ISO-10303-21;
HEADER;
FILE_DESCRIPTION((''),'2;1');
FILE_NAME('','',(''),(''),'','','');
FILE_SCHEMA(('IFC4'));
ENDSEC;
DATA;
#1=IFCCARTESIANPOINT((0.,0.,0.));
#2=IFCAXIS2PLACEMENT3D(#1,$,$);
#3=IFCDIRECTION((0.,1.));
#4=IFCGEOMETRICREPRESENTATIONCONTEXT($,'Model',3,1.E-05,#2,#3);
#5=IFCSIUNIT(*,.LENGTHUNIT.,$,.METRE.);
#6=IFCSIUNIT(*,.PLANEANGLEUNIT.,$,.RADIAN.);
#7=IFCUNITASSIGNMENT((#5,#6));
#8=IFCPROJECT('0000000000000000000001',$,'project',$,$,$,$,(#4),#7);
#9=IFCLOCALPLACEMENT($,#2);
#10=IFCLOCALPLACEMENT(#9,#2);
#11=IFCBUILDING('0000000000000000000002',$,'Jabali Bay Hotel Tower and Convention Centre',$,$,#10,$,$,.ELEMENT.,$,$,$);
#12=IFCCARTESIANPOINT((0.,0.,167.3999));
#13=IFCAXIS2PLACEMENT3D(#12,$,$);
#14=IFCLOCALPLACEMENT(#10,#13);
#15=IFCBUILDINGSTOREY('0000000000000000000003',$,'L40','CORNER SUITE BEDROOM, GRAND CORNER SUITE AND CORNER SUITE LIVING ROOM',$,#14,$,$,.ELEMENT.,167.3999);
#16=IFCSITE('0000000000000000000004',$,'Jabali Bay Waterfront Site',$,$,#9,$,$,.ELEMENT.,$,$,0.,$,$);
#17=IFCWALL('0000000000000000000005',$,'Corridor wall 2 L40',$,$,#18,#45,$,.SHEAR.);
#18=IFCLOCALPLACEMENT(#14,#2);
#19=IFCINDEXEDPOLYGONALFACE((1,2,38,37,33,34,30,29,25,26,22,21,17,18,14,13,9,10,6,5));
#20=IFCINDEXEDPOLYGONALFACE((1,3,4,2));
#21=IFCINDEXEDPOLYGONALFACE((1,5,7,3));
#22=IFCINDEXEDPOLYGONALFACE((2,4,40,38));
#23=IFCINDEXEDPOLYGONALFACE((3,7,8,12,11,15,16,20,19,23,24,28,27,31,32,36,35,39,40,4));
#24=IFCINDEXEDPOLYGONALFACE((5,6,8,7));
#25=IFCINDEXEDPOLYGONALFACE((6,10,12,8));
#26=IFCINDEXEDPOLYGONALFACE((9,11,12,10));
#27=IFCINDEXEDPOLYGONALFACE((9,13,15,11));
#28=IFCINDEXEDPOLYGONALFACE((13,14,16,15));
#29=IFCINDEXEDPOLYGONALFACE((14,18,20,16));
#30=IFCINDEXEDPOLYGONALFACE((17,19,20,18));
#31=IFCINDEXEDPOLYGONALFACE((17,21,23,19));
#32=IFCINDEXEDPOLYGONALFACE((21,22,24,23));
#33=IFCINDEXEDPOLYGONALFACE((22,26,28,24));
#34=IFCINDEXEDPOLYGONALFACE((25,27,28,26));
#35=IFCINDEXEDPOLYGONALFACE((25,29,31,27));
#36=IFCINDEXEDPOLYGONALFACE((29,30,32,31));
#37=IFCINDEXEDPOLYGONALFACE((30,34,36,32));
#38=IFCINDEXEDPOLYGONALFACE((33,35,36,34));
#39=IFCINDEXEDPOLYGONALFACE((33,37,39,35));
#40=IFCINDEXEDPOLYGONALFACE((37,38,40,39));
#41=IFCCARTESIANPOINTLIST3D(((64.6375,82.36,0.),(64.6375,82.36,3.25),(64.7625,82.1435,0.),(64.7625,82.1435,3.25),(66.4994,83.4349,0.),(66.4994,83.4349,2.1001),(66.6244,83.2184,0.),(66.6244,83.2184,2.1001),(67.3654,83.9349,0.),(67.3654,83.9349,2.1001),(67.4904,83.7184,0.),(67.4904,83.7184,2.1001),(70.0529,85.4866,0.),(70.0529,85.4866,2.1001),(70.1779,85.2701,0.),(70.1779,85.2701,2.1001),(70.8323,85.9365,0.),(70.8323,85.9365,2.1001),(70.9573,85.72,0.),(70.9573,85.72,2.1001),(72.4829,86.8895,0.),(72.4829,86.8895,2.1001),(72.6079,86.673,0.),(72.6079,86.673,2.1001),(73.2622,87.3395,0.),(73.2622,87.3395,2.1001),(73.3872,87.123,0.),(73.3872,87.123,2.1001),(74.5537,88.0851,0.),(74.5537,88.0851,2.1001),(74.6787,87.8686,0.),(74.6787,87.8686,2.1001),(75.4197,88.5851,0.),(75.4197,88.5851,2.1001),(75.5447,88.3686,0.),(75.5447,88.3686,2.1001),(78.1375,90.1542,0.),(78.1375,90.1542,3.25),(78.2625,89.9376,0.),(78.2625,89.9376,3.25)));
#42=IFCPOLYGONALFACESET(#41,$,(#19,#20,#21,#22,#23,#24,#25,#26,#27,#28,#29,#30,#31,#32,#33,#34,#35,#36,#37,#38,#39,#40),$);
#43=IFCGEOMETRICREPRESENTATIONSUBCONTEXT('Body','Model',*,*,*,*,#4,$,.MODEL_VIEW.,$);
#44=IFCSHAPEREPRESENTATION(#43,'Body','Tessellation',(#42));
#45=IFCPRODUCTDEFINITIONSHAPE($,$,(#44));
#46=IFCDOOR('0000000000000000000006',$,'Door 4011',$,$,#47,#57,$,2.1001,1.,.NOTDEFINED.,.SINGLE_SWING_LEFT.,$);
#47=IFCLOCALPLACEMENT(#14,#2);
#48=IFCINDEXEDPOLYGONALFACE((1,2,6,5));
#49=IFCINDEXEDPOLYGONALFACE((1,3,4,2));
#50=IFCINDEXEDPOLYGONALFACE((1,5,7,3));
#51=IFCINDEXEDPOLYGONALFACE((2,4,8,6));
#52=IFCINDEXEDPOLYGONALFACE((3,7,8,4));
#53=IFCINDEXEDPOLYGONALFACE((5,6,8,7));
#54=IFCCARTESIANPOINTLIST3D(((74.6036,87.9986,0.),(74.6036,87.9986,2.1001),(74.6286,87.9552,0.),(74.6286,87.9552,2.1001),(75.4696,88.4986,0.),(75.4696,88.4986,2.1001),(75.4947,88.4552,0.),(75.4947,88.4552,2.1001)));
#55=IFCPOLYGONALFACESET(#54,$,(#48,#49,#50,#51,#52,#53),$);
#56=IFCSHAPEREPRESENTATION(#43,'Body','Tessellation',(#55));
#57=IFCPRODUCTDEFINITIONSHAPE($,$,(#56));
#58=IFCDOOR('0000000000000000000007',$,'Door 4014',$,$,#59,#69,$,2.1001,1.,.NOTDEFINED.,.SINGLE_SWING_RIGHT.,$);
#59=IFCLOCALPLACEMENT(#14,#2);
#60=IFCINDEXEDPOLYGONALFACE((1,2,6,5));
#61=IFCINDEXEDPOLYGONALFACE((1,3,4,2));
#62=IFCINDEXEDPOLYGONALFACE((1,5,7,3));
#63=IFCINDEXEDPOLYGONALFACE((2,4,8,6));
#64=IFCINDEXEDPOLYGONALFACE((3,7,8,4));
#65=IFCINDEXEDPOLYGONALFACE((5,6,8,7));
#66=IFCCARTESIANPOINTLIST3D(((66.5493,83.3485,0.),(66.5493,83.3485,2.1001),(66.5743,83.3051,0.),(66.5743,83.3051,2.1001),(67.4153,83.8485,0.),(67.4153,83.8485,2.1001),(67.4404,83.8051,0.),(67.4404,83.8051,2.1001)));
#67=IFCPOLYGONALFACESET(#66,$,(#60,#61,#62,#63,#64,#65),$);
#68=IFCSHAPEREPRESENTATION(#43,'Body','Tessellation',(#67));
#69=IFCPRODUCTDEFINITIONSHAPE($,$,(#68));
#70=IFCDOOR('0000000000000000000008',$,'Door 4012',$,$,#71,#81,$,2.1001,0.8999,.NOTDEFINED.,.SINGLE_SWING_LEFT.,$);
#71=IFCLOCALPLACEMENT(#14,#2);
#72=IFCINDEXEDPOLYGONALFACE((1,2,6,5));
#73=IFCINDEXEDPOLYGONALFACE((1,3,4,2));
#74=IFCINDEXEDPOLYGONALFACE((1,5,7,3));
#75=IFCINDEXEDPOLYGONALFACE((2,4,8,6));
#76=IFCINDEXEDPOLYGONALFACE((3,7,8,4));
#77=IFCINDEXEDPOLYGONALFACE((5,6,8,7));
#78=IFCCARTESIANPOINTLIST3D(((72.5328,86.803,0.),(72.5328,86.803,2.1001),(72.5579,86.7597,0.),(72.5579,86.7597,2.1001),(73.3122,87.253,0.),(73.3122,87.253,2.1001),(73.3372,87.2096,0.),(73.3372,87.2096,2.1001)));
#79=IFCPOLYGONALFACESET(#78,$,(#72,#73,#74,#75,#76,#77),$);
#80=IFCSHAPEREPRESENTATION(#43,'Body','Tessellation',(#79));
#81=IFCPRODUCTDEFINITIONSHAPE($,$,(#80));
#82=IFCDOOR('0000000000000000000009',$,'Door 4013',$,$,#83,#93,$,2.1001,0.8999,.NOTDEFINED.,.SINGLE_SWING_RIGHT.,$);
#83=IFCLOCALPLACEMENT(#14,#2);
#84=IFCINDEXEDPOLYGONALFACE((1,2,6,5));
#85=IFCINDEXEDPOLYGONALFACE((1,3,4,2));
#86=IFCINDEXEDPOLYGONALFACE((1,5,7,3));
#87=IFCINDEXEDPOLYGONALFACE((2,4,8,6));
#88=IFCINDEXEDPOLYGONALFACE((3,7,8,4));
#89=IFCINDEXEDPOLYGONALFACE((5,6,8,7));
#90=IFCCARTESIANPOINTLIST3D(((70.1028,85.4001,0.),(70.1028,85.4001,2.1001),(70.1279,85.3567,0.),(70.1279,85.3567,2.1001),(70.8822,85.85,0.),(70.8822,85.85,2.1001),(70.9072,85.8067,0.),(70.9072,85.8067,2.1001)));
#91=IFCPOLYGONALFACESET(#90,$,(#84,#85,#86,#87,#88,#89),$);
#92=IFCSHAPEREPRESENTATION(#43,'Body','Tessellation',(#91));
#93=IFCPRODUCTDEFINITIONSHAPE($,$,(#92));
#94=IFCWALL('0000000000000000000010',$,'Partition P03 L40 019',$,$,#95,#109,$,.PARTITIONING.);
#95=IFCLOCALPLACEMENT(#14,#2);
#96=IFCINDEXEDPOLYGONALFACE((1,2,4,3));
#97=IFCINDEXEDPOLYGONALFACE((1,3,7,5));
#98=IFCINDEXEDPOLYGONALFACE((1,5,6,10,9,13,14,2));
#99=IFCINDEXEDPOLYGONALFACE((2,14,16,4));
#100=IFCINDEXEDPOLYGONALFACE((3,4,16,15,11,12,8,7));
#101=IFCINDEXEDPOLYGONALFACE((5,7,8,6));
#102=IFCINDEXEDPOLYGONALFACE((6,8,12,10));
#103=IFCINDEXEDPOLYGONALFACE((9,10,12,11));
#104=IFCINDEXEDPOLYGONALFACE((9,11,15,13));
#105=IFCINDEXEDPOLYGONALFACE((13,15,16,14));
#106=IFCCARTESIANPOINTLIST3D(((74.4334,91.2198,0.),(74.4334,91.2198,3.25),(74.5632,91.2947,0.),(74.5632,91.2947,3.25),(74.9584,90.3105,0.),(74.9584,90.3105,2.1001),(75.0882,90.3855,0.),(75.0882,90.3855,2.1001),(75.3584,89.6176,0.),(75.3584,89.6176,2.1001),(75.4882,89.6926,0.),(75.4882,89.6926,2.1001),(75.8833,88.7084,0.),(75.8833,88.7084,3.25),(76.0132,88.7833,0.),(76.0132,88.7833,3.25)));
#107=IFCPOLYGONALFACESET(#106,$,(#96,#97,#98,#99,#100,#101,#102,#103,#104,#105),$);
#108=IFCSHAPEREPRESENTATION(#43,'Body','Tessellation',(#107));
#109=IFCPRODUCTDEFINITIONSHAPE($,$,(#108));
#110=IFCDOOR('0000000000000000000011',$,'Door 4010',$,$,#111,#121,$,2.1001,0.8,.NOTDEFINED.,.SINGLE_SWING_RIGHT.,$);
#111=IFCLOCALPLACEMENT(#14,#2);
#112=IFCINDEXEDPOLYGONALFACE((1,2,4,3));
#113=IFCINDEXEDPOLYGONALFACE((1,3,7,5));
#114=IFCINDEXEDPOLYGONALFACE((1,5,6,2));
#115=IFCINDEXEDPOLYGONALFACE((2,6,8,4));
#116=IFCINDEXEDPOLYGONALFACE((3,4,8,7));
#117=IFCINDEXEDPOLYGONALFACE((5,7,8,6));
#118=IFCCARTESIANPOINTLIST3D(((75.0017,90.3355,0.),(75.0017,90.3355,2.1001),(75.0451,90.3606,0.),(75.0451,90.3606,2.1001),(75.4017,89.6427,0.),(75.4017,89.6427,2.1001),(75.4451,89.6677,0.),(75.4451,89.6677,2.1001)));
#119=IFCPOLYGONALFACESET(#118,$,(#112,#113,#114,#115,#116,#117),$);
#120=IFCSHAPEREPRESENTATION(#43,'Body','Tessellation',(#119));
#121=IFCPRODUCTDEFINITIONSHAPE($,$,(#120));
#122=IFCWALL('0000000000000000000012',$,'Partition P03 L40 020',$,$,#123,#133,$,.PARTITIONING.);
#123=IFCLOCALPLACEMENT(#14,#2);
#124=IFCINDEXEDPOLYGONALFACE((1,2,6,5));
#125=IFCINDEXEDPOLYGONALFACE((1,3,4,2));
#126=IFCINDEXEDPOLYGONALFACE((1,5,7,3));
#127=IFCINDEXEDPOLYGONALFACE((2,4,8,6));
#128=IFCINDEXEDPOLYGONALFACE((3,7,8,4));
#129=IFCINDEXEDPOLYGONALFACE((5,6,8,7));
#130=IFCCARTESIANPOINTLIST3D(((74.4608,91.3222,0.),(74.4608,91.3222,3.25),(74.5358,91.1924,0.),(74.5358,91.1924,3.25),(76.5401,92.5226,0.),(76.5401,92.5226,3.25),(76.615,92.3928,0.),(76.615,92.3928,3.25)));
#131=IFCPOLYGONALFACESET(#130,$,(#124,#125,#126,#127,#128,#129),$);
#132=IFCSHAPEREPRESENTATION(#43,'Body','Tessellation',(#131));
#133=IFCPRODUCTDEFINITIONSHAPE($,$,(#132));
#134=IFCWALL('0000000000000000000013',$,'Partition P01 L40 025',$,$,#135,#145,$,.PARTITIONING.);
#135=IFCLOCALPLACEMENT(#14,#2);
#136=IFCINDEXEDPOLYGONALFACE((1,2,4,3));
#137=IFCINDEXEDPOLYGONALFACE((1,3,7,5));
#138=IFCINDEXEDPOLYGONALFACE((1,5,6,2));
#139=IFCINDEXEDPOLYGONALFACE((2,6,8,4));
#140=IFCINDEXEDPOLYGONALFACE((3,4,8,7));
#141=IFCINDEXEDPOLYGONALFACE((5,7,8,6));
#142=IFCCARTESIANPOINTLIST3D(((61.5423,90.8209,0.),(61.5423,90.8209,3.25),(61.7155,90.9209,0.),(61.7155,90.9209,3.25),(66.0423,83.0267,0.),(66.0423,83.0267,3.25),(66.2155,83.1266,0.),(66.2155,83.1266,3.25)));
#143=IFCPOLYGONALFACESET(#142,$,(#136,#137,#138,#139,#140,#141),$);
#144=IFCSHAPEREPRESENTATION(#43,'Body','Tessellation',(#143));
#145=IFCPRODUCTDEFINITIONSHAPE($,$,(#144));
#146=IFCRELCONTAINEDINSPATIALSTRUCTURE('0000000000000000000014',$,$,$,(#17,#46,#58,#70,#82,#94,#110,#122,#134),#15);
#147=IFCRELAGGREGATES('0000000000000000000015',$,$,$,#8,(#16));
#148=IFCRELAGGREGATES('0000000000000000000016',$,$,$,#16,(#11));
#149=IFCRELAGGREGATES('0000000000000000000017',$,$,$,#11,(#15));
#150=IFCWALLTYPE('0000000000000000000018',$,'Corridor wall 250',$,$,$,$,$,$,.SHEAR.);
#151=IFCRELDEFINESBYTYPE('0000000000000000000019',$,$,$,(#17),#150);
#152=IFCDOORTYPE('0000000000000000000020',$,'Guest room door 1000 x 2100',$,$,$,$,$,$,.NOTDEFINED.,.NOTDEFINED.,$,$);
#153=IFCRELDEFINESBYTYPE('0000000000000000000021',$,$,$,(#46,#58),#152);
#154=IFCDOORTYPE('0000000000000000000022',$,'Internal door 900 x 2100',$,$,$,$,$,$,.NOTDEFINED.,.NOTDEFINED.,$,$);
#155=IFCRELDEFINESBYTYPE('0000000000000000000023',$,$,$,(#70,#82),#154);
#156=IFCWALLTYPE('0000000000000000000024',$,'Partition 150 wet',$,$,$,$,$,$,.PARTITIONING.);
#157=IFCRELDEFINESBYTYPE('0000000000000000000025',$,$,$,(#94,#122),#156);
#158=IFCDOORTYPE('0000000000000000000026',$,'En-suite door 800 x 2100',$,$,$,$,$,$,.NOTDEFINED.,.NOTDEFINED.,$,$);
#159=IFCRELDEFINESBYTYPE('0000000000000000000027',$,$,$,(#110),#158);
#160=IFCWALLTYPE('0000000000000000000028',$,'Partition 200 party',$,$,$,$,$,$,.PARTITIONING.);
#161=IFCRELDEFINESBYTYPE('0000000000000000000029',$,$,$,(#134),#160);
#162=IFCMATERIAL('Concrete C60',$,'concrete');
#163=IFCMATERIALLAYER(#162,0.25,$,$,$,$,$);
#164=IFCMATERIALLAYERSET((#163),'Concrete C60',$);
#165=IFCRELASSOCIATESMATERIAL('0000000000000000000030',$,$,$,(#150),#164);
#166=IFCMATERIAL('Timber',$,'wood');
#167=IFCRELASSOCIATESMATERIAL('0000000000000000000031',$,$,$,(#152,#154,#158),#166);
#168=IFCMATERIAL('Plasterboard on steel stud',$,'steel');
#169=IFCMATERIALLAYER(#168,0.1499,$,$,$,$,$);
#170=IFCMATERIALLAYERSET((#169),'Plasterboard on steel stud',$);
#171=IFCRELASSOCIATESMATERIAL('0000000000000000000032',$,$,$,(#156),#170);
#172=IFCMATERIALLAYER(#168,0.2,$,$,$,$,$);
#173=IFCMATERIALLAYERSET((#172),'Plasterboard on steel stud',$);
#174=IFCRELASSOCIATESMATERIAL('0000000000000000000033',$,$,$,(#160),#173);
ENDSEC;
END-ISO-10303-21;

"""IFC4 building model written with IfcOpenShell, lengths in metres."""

from ifc_helpers import new_model, si_unit, direction, frame, frame_2d, origin, place, context, subcontext, project, spatial, rectangle, extrude, material, layer, layer_set, type_object, element, fill, save


model = new_model("IFC4")

# Units and contexts
model_context = context("Model", 3, precision=1e-05, world=origin(), true_north=direction((0.0, 1.0)))
body_context = subcontext(model_context, "Body", "Model", "MODEL_VIEW")
ifc_project = project(units=[si_unit("LENGTHUNIT", "METRE"), si_unit("PLANEANGLEUNIT", "RADIAN")], contexts=[model_context])

# Site, building, storey
site_placement = place(None, origin())
site = spatial("IfcSite", under=ifc_project, at=site_placement, Name="Jabali Bay Waterfront Site", CompositionType="ELEMENT", RefElevation=0.0)
building_placement = place(site_placement, origin())
building = spatial("IfcBuilding", under=site, at=building_placement, Name="Jabali Bay Hotel Tower and Convention Centre", CompositionType="ELEMENT")
storey_placement = place(building_placement, frame((0.0, 0.0, 167.3999)))
storey = spatial("IfcBuildingStorey", under=building, at=storey_placement, Name="L40", Description="CORNER SUITE BEDROOM, GRAND CORNER SUITE AND CORNER SUITE LIVING ROOM", CompositionType="ELEMENT", Elevation=167.3999)

# Shared definitions
ifc_material_1 = material(Name="Concrete C60", Category="concrete")

# Wall, openings, doors
ifc_layer_1 = layer(ifc_material_1, 0.25)
ifc_layer_set_1 = layer_set([ifc_layer_1], Name="Concrete C60")
wall_type_1 = type_object("IfcWallType", Name="Corridor wall 250", PredefinedType="SHEAR", material=ifc_layer_set_1)
wall_1_placement = place(storey_placement, frame((78.2, 90.0459, 0.0), z_axis=(0.0, 0.0, 1.0), x_axis=(-0.866026, -0.499998, 0.0)))
wall_1 = element("IfcWall", 1, at=wall_1_placement, inside=storey, type_object=wall_type_1, Name="Corridor wall 2 L40", PredefinedType="SHEAR", context=body_context, shape_type="SweptSolid", body=[
    extrude(rectangle(XDim=15.5884, YDim=0.25, at=frame_2d((7.7942, 0.0))), origin(), (0.0, 0.0, 1.0), 3.25),
])
opening_1_placement = place(wall_1_placement, frame((3.1382, 0.0, 0.0)))
opening_1 = element("IfcOpeningElement", 2, at=opening_1_placement, cuts=wall_1, PredefinedType="OPENING", context=body_context, shape_type="SweptSolid", body=[
    extrude(rectangle(XDim=1.0, YDim=2.1001, at=frame_2d((0.5, 1.05))), frame((0.0, 0.1355, 0.0), z_axis=(0.0, -1.0, 0.0), x_axis=(1.0, 0.0, 0.0)), (0.0, 0.0, 1.0), 0.271),
])
opening_2_placement = place(wall_1_placement, frame((5.6294, 0.0, 0.0)))
opening_2 = element("IfcOpeningElement", 3, at=opening_2_placement, cuts=wall_1, PredefinedType="OPENING", context=body_context, shape_type="SweptSolid", body=[
    extrude(rectangle(XDim=0.8999, YDim=2.1001, at=frame_2d((0.45, 1.05))), frame((0.0, 0.1355, 0.0), z_axis=(0.0, -1.0, 0.0), x_axis=(1.0, 0.0, 0.0)), (0.0, 0.0, 1.0), 0.271),
])
opening_3_placement = place(wall_1_placement, frame((8.4353, 0.0, 0.0)))
opening_3 = element("IfcOpeningElement", 4, at=opening_3_placement, cuts=wall_1, PredefinedType="OPENING", context=body_context, shape_type="SweptSolid", body=[
    extrude(rectangle(XDim=0.8999, YDim=2.1001, at=frame_2d((0.45, 1.05))), frame((0.0, 0.1355, 0.0), z_axis=(0.0, -1.0, 0.0), x_axis=(1.0, 0.0, 0.0)), (0.0, 0.0, 1.0), 0.271),
])
opening_4_placement = place(wall_1_placement, frame((12.4385, 0.0, 0.0)))
opening_4 = element("IfcOpeningElement", 5, at=opening_4_placement, cuts=wall_1, PredefinedType="OPENING", context=body_context, shape_type="SweptSolid", body=[
    extrude(rectangle(XDim=1.0, YDim=2.1001, at=frame_2d((0.5, 1.05))), frame((0.0, 0.1355, 0.0), z_axis=(0.0, -1.0, 0.0), x_axis=(1.0, 0.0, 0.0)), (0.0, 0.0, 1.0), 0.271),
])
ifc_material_2 = material(Name="Timber", Category="wood")
door_type_1 = type_object("IfcDoorType", Name="Guest room door 1000 x 2100", OperationType="NOTDEFINED", PredefinedType="NOTDEFINED", material=ifc_material_2)
door_1_placement = place(opening_1_placement, origin())
door_1 = element("IfcDoor", 6, at=door_1_placement, inside=storey, type_object=door_type_1, Name="Door 4011", OperationType="SINGLE_SWING_LEFT", OverallHeight=2.1001, OverallWidth=1.0, PredefinedType="NOTDEFINED", context=body_context, shape_type="SweptSolid", body=[
    extrude(rectangle(XDim=1.0, YDim=2.1001, at=frame_2d((0.5, 1.05))), frame((0.0, 0.0249, 0.0), z_axis=(0.0, -1.0, 0.0), x_axis=(1.0, 0.0, 0.0)), (0.0, 0.0, 1.0), 0.05),
])
fill(opening_1, door_1)
door_2_placement = place(opening_4_placement, origin())
door_2 = element("IfcDoor", 7, at=door_2_placement, inside=storey, type_object=door_type_1, Name="Door 4014", OperationType="SINGLE_SWING_RIGHT", OverallHeight=2.1001, OverallWidth=1.0, PredefinedType="NOTDEFINED", context=body_context, shape_type="SweptSolid", body=[
    extrude(rectangle(XDim=1.0, YDim=2.1001, at=frame_2d((0.5, 1.05))), frame((0.0, 0.0249, 0.0), z_axis=(0.0, -1.0, 0.0), x_axis=(1.0, 0.0, 0.0)), (0.0, 0.0, 1.0), 0.05),
])
fill(opening_4, door_2)
door_type_2 = type_object("IfcDoorType", Name="Internal door 900 x 2100", OperationType="NOTDEFINED", PredefinedType="NOTDEFINED", material=ifc_material_2)
door_3_placement = place(opening_2_placement, origin())
door_3 = element("IfcDoor", 8, at=door_3_placement, inside=storey, type_object=door_type_2, Name="Door 4012", OperationType="SINGLE_SWING_LEFT", OverallHeight=2.1001, OverallWidth=0.8999, PredefinedType="NOTDEFINED", context=body_context, shape_type="SweptSolid", body=[
    extrude(rectangle(XDim=0.8999, YDim=2.1001, at=frame_2d((0.45, 1.05))), frame((0.0, 0.0249, 0.0), z_axis=(0.0, -1.0, 0.0), x_axis=(1.0, 0.0, 0.0)), (0.0, 0.0, 1.0), 0.05),
])
fill(opening_2, door_3)
door_4_placement = place(opening_3_placement, origin())
door_4 = element("IfcDoor", 9, at=door_4_placement, inside=storey, type_object=door_type_2, Name="Door 4013", OperationType="SINGLE_SWING_RIGHT", OverallHeight=2.1001, OverallWidth=0.8999, PredefinedType="NOTDEFINED", context=body_context, shape_type="SweptSolid", body=[
    extrude(rectangle(XDim=0.8999, YDim=2.1001, at=frame_2d((0.45, 1.05))), frame((0.0, 0.0249, 0.0), z_axis=(0.0, -1.0, 0.0), x_axis=(1.0, 0.0, 0.0)), (0.0, 0.0, 1.0), 0.05),
])
fill(opening_3, door_4)

# Wall, opening, door
ifc_material_3 = material(Name="Plasterboard on steel stud", Category="steel")
ifc_layer_2 = layer(ifc_material_3, 0.1499)
ifc_layer_set_2 = layer_set([ifc_layer_2], Name="Plasterboard on steel stud")
wall_type_2 = type_object("IfcWallType", Name="Partition 150 wet", PredefinedType="PARTITIONING", material=ifc_layer_set_2)
wall_2_placement = place(storey_placement, frame((75.9482, 88.7458, 0.0), z_axis=(0.0, 0.0, 1.0), x_axis=(-0.499987, 0.866033, 0.0)))
wall_2 = element("IfcWall", 10, at=wall_2_placement, inside=storey, type_object=wall_type_2, Name="Partition P03 L40 019", PredefinedType="PARTITIONING", context=body_context, shape_type="SweptSolid", body=[
    extrude(rectangle(XDim=2.8999, YDim=0.1499, at=frame_2d((1.45, 0.0))), origin(), (0.0, 0.0, 1.0), 3.25),
])
opening_5_placement = place(wall_2_placement, frame((1.05, 0.0, 0.0)))
opening_5 = element("IfcOpeningElement", 11, at=opening_5_placement, cuts=wall_2, PredefinedType="OPENING", context=body_context, shape_type="SweptSolid", body=[
    extrude(rectangle(XDim=0.8, YDim=2.1001, at=frame_2d((0.3999, 1.05))), frame((0.0, 0.0854, 0.0), z_axis=(0.0, -1.0, 0.0), x_axis=(1.0, 0.0, 0.0)), (0.0, 0.0, 1.0), 0.1709),
])
door_type_3 = type_object("IfcDoorType", Name="En-suite door 800 x 2100", OperationType="NOTDEFINED", PredefinedType="NOTDEFINED", material=ifc_material_2)
door_5_placement = place(opening_5_placement, origin())
door_5 = element("IfcDoor", 12, at=door_5_placement, inside=storey, type_object=door_type_3, Name="Door 4010", OperationType="SINGLE_SWING_RIGHT", OverallHeight=2.1001, OverallWidth=0.8, PredefinedType="NOTDEFINED", context=body_context, shape_type="SweptSolid", body=[
    extrude(rectangle(XDim=0.8, YDim=2.1001, at=frame_2d((0.3999, 1.05))), frame((0.0, 0.0249, 0.0), z_axis=(0.0, -1.0, 0.0), x_axis=(1.0, 0.0, 0.0)), (0.0, 0.0, 1.0), 0.05),
])
fill(opening_5, door_5)

# Walls
wall_3_placement = place(storey_placement, frame((74.4983, 91.2573, 0.0), z_axis=(0.0, 0.0, 1.0), x_axis=(0.866038, 0.499978, 0.0)))
element("IfcWall", 13, at=wall_3_placement, inside=storey, type_object=wall_type_2, Name="Partition P03 L40 020", PredefinedType="PARTITIONING", context=body_context, shape_type="SweptSolid", body=[
    extrude(rectangle(XDim=2.4009, YDim=0.1499, at=frame_2d((1.2004, 0.0))), origin(), (0.0, 0.0, 1.0), 3.25),
])
ifc_layer_3 = layer(ifc_material_3, 0.2)
ifc_layer_set_3 = layer_set([ifc_layer_3], Name="Plasterboard on steel stud")
wall_type_3 = type_object("IfcWallType", Name="Partition 200 party", PredefinedType="PARTITIONING", material=ifc_layer_set_3)
wall_4_placement = place(storey_placement, frame((66.1289, 83.0767, 0.0), z_axis=(0.0, 0.0, 1.0), x_axis=(-0.500002, 0.866024, 0.0)))
element("IfcWall", 14, at=wall_4_placement, inside=storey, type_object=wall_type_3, Name="Partition P01 L40 025", PredefinedType="PARTITIONING", context=body_context, shape_type="SweptSolid", body=[
    extrude(rectangle(XDim=9.0, YDim=0.2, at=frame_2d((4.5, 0.0))), origin(), (0.0, 0.0, 1.0), 3.25),
])

save(model, "model.ifc")
